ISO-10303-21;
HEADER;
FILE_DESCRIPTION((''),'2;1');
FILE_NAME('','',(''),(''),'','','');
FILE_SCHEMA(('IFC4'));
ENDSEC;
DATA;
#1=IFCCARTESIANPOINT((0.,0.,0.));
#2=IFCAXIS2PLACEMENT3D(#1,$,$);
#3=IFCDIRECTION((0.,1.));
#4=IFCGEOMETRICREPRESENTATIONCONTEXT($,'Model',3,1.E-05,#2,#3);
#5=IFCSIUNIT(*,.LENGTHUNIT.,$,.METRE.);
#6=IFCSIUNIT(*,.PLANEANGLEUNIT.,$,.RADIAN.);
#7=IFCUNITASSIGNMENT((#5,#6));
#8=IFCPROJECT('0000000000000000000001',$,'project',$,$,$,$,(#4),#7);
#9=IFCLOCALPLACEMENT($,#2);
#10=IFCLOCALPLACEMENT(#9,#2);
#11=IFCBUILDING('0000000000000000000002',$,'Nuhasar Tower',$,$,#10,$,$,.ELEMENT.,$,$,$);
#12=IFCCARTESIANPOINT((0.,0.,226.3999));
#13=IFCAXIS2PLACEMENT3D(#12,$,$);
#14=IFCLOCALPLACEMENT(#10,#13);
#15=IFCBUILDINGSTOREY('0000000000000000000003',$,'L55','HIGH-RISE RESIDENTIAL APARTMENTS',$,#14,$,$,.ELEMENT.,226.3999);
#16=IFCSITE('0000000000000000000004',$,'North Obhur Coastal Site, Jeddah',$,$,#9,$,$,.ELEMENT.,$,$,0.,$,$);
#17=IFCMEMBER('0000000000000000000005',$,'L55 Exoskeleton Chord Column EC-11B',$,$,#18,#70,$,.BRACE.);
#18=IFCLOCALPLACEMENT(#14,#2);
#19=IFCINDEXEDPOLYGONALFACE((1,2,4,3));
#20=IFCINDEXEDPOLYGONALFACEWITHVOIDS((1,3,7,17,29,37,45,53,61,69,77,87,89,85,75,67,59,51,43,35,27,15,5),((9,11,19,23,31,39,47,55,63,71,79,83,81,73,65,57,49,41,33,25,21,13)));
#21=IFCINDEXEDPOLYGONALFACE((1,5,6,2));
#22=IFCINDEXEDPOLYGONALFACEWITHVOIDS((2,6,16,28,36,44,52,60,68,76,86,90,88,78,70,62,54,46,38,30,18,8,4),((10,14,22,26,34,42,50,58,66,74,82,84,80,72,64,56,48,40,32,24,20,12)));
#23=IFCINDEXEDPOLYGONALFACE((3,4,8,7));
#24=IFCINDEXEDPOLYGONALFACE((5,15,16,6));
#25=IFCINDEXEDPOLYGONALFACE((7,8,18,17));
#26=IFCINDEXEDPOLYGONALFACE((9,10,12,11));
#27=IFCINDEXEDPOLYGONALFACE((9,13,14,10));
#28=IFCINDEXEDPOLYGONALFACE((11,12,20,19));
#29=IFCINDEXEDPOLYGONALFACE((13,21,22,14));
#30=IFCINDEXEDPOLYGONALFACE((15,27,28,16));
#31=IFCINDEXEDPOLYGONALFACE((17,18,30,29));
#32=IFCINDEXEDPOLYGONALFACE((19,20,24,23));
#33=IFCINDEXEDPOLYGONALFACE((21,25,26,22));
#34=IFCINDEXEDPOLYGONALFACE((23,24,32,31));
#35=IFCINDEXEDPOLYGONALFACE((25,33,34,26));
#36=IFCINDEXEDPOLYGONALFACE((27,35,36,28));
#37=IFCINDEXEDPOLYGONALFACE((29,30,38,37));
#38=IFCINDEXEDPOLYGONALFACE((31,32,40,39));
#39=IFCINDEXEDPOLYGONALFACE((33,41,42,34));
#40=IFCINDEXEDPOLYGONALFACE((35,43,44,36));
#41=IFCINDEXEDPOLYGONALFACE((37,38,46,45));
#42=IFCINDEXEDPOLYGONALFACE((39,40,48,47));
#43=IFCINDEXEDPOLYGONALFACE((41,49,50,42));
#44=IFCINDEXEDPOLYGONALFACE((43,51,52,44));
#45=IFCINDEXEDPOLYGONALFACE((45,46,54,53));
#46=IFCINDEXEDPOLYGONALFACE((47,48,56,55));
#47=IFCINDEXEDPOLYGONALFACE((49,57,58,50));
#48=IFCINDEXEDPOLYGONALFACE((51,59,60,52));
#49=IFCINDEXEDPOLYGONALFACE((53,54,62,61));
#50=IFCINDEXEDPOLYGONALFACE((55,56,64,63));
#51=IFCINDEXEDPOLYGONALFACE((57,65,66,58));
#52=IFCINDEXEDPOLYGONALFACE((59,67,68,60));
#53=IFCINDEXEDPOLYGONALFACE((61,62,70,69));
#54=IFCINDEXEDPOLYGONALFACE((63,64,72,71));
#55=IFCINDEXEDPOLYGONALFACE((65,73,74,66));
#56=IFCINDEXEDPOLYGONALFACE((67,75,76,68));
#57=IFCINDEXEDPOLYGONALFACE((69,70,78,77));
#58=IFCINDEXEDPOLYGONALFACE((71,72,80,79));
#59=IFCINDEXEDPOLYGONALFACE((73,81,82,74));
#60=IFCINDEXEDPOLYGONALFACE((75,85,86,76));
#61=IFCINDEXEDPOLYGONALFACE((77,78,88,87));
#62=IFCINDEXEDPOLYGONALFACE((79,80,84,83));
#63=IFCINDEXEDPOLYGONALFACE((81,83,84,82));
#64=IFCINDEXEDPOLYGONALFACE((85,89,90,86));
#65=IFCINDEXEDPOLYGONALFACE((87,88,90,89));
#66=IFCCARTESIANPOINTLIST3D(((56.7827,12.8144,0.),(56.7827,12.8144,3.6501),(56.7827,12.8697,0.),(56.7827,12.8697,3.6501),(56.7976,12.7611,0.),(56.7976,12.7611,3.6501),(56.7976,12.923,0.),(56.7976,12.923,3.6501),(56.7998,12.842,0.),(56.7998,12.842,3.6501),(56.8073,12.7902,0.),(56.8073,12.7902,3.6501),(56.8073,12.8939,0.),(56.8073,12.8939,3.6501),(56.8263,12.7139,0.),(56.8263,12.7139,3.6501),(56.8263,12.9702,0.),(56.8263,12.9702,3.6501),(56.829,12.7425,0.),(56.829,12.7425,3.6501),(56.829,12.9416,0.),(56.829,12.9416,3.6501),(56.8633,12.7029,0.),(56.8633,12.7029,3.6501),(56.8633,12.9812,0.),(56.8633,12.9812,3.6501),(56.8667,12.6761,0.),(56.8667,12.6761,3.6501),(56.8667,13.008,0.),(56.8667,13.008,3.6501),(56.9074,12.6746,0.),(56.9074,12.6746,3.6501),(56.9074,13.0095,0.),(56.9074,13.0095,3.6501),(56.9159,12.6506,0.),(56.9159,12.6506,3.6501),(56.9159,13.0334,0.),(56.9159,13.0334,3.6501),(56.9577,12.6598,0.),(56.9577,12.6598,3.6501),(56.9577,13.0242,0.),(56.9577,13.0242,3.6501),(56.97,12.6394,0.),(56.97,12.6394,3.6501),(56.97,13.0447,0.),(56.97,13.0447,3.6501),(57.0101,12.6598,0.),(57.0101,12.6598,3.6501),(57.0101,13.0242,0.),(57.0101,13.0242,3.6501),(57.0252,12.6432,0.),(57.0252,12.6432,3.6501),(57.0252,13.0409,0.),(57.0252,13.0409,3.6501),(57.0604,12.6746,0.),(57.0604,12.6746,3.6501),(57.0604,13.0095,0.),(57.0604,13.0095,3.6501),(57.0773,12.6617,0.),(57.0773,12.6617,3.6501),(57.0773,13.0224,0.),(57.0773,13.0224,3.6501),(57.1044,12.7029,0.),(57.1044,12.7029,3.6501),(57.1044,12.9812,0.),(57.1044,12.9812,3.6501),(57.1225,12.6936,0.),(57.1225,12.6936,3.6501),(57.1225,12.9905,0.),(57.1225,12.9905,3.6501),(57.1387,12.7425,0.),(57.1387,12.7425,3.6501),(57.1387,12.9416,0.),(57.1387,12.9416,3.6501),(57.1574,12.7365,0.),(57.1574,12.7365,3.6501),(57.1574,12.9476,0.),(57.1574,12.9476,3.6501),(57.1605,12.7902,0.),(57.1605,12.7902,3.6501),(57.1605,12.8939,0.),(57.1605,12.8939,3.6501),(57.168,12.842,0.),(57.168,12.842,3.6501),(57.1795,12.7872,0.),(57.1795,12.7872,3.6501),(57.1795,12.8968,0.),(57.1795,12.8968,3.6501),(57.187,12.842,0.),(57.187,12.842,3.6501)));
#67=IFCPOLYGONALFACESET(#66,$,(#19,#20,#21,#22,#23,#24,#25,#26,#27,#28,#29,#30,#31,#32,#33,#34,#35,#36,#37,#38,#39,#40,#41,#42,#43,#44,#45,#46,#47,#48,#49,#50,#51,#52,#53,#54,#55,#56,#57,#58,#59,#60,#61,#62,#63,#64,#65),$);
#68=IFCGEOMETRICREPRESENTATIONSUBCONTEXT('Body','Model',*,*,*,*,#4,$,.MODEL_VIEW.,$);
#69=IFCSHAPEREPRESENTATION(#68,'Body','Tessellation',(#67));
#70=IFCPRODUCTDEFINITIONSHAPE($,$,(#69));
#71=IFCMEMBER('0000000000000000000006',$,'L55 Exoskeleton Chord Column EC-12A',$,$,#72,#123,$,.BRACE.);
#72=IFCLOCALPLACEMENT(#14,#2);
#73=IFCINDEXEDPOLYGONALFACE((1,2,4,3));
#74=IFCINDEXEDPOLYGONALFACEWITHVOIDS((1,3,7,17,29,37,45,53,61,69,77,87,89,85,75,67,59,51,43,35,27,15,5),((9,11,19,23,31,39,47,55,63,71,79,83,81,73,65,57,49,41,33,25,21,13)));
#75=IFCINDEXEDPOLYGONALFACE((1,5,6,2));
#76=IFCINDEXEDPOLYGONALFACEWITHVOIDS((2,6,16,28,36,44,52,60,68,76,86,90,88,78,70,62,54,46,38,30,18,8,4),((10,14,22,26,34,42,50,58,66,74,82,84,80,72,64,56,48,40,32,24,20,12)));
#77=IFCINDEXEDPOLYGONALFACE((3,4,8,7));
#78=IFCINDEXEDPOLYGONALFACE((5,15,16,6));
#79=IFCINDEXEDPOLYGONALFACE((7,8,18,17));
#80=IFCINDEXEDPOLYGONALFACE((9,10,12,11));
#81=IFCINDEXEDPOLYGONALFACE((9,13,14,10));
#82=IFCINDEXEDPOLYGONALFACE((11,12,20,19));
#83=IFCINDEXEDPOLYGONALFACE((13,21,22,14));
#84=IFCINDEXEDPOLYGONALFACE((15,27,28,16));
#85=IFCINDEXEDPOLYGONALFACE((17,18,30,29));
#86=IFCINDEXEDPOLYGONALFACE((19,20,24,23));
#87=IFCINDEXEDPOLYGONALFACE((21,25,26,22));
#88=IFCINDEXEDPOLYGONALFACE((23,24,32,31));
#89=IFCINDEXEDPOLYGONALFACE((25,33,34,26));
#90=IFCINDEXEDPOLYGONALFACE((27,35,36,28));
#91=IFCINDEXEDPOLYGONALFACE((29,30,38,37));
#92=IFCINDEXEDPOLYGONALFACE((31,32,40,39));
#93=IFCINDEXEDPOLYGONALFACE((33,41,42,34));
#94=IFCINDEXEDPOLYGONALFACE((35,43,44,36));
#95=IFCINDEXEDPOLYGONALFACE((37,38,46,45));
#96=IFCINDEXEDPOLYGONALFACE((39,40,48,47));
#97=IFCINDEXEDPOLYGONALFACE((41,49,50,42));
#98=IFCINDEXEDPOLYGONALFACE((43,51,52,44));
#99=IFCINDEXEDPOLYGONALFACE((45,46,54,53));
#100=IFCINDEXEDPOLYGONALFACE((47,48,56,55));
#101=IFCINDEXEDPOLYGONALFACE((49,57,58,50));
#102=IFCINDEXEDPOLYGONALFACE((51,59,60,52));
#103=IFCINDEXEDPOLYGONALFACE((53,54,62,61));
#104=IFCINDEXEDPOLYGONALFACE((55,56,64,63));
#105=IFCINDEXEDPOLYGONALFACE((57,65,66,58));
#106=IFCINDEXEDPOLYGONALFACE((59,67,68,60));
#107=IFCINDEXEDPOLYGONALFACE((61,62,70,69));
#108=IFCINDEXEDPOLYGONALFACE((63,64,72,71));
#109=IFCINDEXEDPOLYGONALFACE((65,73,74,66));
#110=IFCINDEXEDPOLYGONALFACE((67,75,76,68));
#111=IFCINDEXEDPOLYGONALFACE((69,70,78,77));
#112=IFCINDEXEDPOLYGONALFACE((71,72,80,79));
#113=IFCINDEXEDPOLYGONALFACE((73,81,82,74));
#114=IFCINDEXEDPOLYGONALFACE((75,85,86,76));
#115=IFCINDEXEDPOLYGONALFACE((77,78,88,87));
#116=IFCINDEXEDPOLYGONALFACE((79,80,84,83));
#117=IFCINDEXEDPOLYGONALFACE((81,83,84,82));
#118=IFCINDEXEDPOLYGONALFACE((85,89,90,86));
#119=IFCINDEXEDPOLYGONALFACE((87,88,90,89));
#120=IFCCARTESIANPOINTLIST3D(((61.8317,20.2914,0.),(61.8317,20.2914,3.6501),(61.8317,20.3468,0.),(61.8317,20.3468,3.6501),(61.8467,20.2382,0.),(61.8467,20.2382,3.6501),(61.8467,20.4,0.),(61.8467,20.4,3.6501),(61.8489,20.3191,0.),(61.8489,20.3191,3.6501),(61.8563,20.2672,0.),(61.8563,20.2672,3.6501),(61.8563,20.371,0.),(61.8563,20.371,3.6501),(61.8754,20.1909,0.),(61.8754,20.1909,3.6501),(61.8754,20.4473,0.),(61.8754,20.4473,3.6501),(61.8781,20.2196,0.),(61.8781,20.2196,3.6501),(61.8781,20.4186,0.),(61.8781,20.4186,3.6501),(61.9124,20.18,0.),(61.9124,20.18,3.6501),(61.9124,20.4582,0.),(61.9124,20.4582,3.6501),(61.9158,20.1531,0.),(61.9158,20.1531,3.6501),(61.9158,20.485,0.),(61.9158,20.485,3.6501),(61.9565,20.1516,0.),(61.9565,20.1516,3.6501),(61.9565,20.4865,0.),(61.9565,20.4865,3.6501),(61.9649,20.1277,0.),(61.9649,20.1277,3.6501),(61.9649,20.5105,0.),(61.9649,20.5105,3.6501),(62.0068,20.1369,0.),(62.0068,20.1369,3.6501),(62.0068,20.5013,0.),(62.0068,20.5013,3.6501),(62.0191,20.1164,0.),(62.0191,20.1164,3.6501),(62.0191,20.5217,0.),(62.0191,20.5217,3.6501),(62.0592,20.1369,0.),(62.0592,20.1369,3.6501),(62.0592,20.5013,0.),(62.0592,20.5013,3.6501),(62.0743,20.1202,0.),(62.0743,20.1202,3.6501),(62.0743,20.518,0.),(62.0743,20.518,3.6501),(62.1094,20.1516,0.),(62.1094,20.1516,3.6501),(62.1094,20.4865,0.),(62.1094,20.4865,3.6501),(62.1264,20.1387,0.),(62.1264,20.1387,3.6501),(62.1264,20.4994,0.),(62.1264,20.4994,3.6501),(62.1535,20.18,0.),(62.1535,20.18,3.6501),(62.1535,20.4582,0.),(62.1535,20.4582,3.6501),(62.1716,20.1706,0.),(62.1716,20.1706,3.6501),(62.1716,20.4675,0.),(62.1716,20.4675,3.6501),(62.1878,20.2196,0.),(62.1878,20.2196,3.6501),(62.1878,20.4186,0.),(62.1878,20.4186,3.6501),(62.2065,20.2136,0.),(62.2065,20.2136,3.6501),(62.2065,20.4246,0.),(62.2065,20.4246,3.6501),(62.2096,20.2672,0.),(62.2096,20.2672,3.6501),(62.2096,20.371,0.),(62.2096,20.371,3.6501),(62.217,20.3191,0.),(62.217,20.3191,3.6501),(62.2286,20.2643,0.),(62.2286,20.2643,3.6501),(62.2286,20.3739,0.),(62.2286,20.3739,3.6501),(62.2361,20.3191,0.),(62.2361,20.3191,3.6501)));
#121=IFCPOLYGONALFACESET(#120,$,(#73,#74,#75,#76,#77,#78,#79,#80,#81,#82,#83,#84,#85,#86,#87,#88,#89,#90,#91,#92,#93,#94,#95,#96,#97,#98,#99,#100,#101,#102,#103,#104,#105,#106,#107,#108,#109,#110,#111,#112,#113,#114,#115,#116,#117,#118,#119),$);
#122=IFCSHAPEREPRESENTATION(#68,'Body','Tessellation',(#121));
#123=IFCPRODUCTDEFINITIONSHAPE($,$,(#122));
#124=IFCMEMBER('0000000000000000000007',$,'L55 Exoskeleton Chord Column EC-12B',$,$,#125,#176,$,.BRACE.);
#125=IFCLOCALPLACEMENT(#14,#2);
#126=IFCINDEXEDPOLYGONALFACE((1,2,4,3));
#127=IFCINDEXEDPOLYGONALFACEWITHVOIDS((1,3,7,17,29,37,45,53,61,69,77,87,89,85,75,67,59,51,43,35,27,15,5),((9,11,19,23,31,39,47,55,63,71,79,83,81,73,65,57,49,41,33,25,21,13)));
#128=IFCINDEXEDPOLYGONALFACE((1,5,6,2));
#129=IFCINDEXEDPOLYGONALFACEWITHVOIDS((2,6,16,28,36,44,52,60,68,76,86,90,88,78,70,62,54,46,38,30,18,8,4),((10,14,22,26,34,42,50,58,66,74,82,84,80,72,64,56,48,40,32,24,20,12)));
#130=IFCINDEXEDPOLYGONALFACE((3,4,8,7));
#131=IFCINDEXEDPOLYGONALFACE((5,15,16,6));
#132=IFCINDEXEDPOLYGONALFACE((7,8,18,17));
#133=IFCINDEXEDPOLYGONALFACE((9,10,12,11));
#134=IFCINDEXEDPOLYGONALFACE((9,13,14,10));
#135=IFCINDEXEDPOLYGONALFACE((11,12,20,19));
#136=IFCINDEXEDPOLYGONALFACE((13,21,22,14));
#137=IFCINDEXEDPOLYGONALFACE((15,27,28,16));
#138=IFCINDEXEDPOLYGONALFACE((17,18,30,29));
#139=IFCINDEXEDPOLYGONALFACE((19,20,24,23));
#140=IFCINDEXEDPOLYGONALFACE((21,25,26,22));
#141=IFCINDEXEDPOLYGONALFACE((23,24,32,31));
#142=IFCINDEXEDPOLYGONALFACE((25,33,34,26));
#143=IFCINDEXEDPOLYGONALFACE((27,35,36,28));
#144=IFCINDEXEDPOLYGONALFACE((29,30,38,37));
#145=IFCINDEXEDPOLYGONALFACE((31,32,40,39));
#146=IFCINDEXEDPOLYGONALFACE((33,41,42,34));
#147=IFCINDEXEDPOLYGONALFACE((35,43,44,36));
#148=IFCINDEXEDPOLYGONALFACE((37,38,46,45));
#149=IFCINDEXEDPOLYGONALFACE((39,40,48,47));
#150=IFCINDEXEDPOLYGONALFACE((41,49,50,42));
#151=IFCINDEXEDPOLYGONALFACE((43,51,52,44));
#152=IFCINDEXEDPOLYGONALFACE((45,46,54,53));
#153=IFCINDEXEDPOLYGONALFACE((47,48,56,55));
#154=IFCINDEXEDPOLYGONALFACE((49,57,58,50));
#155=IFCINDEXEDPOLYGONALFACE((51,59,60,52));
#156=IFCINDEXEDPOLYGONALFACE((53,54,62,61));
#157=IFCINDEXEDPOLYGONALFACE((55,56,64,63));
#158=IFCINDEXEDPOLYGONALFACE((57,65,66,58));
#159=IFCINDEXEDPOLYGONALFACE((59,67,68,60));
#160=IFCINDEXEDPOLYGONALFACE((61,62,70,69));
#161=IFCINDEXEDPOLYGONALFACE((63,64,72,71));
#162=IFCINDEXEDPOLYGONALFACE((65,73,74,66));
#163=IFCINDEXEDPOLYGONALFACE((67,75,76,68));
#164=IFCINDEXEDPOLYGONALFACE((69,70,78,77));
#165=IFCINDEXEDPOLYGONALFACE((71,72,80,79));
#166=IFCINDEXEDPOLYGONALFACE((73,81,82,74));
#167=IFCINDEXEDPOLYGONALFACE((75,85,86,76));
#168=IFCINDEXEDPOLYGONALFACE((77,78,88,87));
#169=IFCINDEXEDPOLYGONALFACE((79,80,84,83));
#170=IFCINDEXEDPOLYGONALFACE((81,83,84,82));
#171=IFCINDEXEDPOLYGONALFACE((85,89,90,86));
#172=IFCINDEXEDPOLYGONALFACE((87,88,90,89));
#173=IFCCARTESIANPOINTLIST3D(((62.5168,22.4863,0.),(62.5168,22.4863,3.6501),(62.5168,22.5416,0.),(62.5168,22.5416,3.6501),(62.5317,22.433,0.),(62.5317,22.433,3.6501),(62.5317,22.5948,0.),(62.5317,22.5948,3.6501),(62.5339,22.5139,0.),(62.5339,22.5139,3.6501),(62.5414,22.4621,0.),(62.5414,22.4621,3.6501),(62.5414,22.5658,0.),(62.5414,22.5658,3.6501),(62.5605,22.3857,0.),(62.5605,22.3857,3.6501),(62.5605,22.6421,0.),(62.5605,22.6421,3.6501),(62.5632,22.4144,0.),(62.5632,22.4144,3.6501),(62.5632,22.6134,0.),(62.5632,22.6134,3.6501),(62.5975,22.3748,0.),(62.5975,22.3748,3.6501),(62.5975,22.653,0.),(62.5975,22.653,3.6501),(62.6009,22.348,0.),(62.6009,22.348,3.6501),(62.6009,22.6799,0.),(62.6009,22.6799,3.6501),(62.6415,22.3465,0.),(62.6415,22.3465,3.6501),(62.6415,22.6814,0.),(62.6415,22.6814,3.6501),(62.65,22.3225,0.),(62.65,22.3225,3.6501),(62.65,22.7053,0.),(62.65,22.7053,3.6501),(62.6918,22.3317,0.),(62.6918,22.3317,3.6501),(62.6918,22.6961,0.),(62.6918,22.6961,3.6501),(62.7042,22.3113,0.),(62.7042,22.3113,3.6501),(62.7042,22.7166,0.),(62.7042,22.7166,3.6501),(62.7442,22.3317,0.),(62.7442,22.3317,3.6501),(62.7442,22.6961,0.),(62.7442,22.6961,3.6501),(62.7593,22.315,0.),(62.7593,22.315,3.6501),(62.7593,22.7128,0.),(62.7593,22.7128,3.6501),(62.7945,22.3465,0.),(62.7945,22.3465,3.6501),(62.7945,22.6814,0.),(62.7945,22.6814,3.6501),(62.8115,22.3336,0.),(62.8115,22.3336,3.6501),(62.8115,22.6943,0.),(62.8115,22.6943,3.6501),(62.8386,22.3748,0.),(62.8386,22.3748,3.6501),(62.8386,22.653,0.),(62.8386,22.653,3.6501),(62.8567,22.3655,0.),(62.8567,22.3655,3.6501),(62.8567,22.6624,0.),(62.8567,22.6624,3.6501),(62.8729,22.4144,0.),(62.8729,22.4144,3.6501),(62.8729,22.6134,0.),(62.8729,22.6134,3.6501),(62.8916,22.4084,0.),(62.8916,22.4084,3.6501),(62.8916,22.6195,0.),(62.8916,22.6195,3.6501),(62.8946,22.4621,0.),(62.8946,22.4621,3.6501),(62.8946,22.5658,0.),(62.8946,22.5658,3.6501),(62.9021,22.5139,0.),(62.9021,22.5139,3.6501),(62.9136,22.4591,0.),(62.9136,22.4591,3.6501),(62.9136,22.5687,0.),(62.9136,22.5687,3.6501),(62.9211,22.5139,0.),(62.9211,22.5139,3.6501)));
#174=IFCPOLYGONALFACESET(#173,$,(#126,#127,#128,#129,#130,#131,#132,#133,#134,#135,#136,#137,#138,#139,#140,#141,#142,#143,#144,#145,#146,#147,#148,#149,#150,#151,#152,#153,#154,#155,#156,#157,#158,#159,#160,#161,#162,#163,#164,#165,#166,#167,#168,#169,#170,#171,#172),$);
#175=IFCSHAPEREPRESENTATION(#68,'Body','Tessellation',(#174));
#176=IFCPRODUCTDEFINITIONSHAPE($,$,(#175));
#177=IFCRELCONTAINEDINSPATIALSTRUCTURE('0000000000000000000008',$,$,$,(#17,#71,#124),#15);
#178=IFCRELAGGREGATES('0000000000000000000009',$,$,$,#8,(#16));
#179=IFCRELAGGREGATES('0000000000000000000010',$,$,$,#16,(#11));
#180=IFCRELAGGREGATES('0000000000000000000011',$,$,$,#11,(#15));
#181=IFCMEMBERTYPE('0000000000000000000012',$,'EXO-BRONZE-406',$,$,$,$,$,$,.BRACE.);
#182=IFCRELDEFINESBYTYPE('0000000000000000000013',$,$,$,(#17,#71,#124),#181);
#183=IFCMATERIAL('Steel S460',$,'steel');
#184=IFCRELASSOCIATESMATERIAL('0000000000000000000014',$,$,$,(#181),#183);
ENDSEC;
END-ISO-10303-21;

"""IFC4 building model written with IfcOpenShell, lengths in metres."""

from ifc_helpers import new_model, si_unit, direction, frame, origin, origin_2d, place, context, subcontext, project, spatial, hollow_circle, extrude, material, material_profile, profile_set, type_object, element, save


model = new_model("IFC4")

# Units and contexts
model_context = context("Model", 3, precision=1e-05, world=origin(), true_north=direction((0.0, 1.0)))
body_context = subcontext(model_context, "Body", "Model", "MODEL_VIEW")
ifc_project = project(units=[si_unit("LENGTHUNIT", "METRE"), si_unit("PLANEANGLEUNIT", "RADIAN")], contexts=[model_context])

# Site, building, storey
site_placement = place(None, origin())
site = spatial("IfcSite", under=ifc_project, at=site_placement, Name="North Obhur Coastal Site, Jeddah", CompositionType="ELEMENT", RefElevation=0.0)
building_placement = place(site_placement, origin())
building = spatial("IfcBuilding", under=site, at=building_placement, Name="Nuhasar Tower", CompositionType="ELEMENT")
storey_placement = place(building_placement, frame((0.0, 0.0, 226.3999)))
storey = spatial("IfcBuildingStorey", under=building, at=storey_placement, Name="L55", Description="HIGH-RISE RESIDENTIAL APARTMENTS", CompositionType="ELEMENT", Elevation=226.3999)

# Members
ifc_material_1 = material(Name="Steel S460", Category="steel")
ifc_material_profile_1 = material_profile(ifc_material_1, hollow_circle(Radius=0.2031, WallThickness=0.019, at=origin_2d()), Name="HSS406.4X19.1")
ifc_profile_set_1 = profile_set([ifc_material_profile_1], Name="Steel S460")
member_type_1 = type_object("IfcMemberType", Name="EXO-BRONZE-406", PredefinedType="BRACE", material=ifc_profile_set_1)
for number, where, z_axis, x_axis, name in (
    (1, (56.9839, 12.842, 0.0), (0.0, 0.0, 1.0), (1.0, 0.0, 0.0), "L55 Exoskeleton Chord Column EC-11B"),
    (2, (62.033, 20.3191, 0.0), (0.0, 0.0, 1.0), (1.0, 0.0, 0.0), "L55 Exoskeleton Chord Column EC-12A"),
    (3, (62.718, 22.5139, 0.0), (0.0, 0.0, 1.0), (1.0, 0.0, 0.0), "L55 Exoskeleton Chord Column EC-12B"),
):
    element("IfcMember", number, at=place(storey_placement, frame(where, z_axis=z_axis, x_axis=x_axis)), inside=storey, type_object=member_type_1, Name=name, PredefinedType="BRACE", context=body_context, shape_type="SweptSolid", body=[
        extrude(hollow_circle(Radius=0.2031, WallThickness=0.019, at=origin_2d()), origin(), (0.0, 0.0, 1.0), 3.6501),
    ])

save(model, "model.ifc")
